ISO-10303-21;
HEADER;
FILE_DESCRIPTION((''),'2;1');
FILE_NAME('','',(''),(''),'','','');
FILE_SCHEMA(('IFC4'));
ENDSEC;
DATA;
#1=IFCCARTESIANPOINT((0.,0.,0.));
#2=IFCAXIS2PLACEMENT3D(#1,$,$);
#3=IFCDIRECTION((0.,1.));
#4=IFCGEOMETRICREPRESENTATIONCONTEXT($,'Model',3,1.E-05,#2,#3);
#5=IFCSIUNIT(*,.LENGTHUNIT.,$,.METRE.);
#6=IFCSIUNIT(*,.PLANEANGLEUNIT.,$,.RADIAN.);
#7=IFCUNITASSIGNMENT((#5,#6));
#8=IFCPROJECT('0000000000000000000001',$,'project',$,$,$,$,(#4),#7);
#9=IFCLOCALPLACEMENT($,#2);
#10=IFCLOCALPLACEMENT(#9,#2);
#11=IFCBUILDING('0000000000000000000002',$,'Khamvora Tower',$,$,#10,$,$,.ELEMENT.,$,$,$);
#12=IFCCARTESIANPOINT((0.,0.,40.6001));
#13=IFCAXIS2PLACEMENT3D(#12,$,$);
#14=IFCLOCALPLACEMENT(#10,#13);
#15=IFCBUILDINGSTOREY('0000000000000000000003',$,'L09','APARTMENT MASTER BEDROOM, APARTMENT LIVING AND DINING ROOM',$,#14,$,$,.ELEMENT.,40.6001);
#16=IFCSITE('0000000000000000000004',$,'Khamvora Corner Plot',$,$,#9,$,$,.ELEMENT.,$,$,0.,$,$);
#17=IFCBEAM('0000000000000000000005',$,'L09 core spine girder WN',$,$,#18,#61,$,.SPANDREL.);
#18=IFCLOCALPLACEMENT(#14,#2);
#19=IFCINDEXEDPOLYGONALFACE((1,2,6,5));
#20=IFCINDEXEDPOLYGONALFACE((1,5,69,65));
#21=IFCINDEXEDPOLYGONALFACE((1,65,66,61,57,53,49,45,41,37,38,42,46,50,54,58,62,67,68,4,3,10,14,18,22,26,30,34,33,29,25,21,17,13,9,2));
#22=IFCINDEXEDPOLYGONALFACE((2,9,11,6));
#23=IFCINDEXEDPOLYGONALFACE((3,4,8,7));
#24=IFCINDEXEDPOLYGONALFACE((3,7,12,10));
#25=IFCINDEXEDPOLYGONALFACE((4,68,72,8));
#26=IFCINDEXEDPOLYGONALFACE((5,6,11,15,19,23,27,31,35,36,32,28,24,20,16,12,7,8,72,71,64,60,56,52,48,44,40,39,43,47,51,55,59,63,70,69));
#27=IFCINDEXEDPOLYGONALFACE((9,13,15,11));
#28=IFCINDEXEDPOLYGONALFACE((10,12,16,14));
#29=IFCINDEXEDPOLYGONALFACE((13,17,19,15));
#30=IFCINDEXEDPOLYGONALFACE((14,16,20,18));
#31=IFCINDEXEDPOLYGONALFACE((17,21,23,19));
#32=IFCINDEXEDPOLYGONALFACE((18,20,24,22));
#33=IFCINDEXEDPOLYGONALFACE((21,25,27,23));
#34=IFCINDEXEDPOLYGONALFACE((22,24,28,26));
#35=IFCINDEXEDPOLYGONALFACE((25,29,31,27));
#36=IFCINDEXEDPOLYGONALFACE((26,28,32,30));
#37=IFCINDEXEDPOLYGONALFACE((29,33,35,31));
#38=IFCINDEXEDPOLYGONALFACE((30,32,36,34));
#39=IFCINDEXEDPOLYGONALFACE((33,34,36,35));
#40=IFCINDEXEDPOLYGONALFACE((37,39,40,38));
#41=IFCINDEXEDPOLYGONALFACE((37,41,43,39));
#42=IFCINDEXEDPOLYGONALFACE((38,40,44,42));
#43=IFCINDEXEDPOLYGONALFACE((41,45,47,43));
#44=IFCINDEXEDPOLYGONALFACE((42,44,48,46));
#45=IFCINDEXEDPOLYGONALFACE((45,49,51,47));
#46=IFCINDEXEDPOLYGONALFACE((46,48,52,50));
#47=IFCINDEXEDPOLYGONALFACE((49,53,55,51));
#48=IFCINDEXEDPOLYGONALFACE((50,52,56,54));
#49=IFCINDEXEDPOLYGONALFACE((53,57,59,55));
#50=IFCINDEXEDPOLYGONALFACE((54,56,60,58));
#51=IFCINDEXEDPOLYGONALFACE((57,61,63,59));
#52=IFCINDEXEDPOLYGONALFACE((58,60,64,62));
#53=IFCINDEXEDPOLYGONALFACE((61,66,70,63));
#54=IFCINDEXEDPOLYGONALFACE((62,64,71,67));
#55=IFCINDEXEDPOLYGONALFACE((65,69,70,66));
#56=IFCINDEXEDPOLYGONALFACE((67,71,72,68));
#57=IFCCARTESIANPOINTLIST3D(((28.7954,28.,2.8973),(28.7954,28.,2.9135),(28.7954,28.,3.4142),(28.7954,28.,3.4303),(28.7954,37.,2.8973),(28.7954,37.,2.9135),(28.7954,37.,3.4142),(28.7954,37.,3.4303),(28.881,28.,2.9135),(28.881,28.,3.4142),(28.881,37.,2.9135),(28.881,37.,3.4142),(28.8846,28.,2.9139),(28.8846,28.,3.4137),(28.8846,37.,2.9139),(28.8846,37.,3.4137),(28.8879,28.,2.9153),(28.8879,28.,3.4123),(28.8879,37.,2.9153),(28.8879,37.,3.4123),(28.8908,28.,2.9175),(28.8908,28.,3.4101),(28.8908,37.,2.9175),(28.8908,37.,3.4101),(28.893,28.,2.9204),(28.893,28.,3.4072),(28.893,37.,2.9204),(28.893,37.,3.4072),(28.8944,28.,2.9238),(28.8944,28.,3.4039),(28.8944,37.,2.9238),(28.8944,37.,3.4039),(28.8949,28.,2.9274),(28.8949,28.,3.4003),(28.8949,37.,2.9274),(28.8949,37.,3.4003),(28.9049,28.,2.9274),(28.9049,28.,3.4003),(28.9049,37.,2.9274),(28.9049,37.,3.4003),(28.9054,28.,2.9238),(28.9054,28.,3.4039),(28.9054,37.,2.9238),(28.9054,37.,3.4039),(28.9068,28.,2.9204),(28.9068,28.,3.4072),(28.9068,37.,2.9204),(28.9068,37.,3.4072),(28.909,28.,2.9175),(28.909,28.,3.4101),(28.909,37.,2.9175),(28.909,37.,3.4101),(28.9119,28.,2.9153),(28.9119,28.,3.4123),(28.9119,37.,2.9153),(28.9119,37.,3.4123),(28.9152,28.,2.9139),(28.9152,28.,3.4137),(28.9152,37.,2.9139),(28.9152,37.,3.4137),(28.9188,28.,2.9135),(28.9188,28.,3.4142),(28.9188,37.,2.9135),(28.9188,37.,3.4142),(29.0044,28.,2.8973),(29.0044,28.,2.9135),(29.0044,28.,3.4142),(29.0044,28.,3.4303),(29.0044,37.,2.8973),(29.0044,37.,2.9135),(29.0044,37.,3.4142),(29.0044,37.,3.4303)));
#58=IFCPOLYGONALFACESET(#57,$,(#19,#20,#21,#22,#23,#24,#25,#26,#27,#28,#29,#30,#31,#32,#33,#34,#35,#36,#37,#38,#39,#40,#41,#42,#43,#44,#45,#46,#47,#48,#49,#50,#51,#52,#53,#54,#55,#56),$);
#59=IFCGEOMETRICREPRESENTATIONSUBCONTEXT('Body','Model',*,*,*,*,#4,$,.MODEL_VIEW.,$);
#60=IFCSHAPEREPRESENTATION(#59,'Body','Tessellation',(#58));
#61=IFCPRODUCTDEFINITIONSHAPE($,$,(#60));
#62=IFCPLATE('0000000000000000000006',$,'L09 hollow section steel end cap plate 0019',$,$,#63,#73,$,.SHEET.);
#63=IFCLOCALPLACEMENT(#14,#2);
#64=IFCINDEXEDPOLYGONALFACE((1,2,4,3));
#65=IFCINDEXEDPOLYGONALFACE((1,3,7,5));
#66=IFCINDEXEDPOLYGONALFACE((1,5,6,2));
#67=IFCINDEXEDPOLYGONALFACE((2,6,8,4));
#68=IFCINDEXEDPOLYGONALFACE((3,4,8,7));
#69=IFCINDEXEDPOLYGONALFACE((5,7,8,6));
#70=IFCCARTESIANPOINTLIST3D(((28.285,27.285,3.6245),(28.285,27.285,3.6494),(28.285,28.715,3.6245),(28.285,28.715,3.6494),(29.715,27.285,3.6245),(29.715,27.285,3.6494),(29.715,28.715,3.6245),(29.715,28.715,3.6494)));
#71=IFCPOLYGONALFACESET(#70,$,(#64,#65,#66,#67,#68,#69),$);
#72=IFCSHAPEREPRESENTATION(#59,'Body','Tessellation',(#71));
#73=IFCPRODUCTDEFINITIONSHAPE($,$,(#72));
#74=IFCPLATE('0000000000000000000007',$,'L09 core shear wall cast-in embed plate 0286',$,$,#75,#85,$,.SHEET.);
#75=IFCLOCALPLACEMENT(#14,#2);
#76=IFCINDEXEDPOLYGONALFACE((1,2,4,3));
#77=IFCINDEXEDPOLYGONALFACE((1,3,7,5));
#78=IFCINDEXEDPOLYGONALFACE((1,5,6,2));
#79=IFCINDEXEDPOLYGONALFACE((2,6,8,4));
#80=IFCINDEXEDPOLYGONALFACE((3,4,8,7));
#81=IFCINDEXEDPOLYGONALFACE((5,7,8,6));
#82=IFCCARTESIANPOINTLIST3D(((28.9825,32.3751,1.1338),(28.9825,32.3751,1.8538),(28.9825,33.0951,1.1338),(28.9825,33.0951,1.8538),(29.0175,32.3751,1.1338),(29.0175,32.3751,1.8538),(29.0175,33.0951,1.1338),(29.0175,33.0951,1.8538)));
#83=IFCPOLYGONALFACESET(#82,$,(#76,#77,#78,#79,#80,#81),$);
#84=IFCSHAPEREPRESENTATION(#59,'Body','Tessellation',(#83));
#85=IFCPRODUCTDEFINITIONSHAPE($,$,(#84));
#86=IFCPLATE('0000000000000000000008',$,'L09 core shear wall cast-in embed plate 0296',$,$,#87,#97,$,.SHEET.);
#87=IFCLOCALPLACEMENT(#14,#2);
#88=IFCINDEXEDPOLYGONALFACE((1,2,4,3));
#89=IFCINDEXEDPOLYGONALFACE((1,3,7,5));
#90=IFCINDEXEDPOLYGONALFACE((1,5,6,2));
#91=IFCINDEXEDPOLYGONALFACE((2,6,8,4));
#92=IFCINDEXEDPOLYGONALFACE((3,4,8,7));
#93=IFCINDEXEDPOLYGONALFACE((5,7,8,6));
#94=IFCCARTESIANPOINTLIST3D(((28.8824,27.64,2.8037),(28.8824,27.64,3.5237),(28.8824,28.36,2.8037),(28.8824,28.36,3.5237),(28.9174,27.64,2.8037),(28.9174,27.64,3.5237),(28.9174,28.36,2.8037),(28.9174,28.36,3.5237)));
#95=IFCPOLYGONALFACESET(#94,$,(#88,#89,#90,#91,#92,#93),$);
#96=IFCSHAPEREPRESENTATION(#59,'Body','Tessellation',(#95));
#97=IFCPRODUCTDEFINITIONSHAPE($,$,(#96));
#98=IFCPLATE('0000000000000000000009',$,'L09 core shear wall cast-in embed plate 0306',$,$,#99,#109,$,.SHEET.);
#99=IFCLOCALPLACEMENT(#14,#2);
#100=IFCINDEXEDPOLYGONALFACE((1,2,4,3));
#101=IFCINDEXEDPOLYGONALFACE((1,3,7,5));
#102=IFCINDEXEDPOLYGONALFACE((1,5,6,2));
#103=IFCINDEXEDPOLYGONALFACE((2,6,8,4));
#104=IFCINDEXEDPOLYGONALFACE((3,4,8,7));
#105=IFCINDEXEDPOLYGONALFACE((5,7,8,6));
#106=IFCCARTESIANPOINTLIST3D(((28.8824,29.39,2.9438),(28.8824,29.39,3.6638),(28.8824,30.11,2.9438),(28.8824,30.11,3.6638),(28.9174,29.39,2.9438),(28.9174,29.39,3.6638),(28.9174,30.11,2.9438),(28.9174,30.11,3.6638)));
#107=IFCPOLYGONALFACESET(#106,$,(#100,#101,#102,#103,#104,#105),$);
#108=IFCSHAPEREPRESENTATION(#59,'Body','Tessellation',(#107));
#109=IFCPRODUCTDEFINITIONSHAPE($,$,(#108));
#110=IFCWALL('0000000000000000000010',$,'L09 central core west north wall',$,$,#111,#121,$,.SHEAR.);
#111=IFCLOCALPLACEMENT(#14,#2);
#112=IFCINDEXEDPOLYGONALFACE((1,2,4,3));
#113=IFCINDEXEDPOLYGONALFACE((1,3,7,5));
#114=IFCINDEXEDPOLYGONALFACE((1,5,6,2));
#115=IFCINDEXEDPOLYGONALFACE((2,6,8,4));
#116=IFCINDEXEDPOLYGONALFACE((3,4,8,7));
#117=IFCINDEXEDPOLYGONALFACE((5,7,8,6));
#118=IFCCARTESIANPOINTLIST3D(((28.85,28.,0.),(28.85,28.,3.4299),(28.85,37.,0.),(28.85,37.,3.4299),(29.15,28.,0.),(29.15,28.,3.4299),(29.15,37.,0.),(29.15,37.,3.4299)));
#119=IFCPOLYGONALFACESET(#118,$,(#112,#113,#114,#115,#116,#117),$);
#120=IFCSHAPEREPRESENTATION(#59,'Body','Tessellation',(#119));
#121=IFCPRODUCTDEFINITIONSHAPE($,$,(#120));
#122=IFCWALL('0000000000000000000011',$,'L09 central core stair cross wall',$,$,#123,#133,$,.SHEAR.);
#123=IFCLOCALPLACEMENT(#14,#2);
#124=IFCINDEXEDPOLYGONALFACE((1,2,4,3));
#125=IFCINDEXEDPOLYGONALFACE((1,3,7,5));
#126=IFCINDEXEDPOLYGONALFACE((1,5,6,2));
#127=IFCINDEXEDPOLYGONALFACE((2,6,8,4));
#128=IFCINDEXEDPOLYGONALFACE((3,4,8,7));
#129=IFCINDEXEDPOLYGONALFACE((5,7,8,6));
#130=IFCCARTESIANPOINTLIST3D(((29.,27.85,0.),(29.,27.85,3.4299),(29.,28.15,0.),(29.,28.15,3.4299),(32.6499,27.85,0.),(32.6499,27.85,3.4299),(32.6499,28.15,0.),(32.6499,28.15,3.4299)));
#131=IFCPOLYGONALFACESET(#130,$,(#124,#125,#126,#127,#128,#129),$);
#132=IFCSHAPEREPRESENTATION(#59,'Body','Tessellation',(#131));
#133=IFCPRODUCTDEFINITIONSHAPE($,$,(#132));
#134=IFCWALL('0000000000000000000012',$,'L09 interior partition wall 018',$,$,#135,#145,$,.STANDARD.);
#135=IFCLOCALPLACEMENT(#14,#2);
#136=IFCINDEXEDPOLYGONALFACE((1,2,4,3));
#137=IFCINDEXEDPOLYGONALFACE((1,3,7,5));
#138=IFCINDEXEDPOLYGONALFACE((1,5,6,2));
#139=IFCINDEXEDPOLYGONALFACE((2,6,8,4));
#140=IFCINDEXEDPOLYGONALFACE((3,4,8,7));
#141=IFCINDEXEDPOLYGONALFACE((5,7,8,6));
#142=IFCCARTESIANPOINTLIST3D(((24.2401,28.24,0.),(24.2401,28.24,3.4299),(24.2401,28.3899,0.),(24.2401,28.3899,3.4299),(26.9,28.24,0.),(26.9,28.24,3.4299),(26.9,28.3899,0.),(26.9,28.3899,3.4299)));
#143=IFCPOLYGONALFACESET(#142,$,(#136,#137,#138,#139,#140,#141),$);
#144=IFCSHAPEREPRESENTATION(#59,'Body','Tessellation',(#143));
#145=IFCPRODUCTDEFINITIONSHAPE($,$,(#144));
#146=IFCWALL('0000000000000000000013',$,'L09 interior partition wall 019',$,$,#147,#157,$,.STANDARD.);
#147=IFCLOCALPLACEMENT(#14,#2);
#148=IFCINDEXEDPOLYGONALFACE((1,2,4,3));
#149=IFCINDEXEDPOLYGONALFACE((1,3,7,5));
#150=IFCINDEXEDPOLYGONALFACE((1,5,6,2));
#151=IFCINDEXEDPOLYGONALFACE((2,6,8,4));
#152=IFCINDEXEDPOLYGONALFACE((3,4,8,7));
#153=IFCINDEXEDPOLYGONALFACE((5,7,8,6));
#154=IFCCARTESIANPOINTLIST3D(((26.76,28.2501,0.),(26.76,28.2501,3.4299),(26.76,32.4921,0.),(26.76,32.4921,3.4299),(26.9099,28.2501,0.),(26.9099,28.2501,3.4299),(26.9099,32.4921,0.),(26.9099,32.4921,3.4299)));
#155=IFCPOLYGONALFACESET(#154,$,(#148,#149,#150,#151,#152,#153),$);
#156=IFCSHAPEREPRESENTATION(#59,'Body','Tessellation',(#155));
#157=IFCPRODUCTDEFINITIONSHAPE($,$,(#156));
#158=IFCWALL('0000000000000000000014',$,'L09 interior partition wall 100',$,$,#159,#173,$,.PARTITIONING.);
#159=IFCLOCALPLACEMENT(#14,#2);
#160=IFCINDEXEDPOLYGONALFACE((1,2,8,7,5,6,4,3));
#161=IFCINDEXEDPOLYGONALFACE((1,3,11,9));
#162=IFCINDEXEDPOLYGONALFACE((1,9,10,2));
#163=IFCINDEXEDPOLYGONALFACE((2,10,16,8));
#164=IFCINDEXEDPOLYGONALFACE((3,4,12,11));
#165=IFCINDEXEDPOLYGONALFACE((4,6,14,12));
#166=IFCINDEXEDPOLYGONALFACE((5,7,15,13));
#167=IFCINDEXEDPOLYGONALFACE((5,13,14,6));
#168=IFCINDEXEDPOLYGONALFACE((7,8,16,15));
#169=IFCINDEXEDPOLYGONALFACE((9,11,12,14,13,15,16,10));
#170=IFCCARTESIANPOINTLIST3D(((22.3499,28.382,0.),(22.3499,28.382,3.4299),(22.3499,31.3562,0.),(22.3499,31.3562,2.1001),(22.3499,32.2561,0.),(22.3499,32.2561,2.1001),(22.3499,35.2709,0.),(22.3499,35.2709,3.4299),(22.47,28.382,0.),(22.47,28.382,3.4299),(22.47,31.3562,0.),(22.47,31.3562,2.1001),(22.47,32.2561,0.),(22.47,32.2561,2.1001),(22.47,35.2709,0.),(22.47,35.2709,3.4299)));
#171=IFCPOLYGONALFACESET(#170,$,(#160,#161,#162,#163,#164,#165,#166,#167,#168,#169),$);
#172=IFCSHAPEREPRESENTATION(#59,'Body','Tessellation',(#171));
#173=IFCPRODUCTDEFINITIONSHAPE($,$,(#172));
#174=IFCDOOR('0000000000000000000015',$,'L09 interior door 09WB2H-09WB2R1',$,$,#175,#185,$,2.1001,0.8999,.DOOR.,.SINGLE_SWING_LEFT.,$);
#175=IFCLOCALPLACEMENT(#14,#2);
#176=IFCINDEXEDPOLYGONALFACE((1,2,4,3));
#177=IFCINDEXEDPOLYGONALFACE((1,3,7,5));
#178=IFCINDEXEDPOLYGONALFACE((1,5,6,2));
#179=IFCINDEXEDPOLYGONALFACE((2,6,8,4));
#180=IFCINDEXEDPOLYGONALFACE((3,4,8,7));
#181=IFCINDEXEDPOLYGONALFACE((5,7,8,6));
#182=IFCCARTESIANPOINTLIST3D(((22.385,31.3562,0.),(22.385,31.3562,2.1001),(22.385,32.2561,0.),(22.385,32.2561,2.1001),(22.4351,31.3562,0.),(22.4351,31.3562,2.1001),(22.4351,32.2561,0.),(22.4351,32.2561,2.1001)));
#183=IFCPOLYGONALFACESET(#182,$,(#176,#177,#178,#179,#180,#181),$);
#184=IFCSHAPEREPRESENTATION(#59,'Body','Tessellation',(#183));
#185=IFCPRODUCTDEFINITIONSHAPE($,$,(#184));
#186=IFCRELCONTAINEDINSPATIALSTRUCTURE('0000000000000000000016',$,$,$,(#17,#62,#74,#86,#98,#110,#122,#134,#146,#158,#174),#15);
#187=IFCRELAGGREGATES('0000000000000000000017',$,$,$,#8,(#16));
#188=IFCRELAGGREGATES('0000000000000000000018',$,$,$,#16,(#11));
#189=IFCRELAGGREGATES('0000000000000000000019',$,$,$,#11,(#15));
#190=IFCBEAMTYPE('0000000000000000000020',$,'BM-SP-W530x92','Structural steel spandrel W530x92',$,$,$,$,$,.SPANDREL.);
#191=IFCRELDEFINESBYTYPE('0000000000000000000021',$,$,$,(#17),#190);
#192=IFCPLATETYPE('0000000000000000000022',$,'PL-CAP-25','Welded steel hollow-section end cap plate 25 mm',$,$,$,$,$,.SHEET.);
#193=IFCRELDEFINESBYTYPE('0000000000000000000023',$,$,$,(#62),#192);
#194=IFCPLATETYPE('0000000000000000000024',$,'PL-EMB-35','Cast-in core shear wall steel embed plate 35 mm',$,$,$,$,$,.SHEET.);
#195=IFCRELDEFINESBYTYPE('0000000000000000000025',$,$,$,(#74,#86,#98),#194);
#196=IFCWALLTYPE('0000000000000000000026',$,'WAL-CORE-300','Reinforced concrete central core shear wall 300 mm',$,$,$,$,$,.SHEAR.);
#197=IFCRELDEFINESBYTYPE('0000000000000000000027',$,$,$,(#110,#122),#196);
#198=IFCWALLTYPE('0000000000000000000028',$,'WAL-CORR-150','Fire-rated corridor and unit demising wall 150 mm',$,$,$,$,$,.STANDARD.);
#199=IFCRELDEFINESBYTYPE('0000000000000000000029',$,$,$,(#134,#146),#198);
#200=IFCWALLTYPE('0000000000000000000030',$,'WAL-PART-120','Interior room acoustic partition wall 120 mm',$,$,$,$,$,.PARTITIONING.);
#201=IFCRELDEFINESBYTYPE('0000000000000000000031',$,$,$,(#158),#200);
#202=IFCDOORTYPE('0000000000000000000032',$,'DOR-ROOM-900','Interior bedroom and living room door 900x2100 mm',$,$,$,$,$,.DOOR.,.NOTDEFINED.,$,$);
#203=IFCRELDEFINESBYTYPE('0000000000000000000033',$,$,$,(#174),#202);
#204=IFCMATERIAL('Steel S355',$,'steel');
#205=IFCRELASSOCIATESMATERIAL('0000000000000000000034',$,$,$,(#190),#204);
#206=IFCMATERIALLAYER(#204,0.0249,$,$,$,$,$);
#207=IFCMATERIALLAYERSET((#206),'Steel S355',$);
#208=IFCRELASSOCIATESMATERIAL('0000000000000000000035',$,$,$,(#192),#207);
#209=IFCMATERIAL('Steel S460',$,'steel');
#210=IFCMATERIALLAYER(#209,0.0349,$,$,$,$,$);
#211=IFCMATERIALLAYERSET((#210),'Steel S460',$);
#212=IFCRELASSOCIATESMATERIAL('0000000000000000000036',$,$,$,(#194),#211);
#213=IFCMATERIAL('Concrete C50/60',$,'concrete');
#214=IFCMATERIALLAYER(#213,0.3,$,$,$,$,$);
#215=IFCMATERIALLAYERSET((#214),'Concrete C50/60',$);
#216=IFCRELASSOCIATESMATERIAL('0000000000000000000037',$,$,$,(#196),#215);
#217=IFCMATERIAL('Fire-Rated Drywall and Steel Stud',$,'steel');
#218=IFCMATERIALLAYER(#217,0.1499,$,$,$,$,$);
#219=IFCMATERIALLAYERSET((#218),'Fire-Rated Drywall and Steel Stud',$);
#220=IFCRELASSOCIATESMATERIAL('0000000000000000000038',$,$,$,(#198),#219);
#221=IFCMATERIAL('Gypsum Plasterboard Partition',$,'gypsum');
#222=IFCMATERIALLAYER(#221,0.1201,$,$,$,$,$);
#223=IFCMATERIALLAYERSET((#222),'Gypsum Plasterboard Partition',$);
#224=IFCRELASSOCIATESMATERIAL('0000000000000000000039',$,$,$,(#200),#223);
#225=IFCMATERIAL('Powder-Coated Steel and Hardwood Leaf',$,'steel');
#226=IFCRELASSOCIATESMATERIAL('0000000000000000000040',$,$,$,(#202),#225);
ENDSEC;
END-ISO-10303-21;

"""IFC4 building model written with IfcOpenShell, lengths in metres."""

from ifc_helpers import new_model, si_unit, direction, frame, frame_2d, origin, origin_2d, place, context, subcontext, project, spatial, rectangle, i_section, extrude, material, layer, layer_set, material_profile, profile_set, type_object, element, fill, save


model = new_model("IFC4")

# Units and contexts
model_context = context("Model", 3, precision=1e-05, world=origin(), true_north=direction((0.0, 1.0)))
body_context = subcontext(model_context, "Body", "Model", "MODEL_VIEW")
ifc_project = project(units=[si_unit("LENGTHUNIT", "METRE"), si_unit("PLANEANGLEUNIT", "RADIAN")], contexts=[model_context])

# Site, building, storey
site_placement = place(None, origin())
site = spatial("IfcSite", under=ifc_project, at=site_placement, Name="Khamvora Corner Plot", CompositionType="ELEMENT", RefElevation=0.0)
building_placement = place(site_placement, origin())
building = spatial("IfcBuilding", under=site, at=building_placement, Name="Khamvora Tower", CompositionType="ELEMENT")
storey_placement = place(building_placement, frame((0.0, 0.0, 40.6001)))
storey = spatial("IfcBuildingStorey", under=building, at=storey_placement, Name="L09", Description="APARTMENT MASTER BEDROOM, APARTMENT LIVING AND DINING ROOM", CompositionType="ELEMENT", Elevation=40.6001)

# Shared definitions
ifc_material_1 = material(Name="Steel S460", Category="steel")

# Beam
ifc_material_2 = material(Name="Steel S355", Category="steel")
ifc_material_profile_1 = material_profile(ifc_material_2, i_section(OverallWidth=0.209, OverallDepth=0.533, WebThickness=0.01, FlangeThickness=0.0161, FilletRadius=0.0139, at=origin_2d()), Name="W530x92")
ifc_profile_set_1 = profile_set([ifc_material_profile_1], Name="Steel S355")
beam_type_1 = type_object("IfcBeamType", Name="BM-SP-W530x92", Description="Structural steel spandrel W530x92", PredefinedType="SPANDREL", material=ifc_profile_set_1)
beam_1_placement = place(storey_placement, frame((28.8999, 28.0, 3.1638), z_axis=(0.0, 1.0, 0.0), x_axis=(-1.0, 0.0, 0.0)))
element("IfcBeam", 1, at=beam_1_placement, inside=storey, type_object=beam_type_1, Name="L09 core spine girder WN", PredefinedType="SPANDREL", context=body_context, shape_type="SweptSolid", body=[
    extrude(i_section(OverallWidth=0.209, OverallDepth=0.533, WebThickness=0.01, FlangeThickness=0.0161, FilletRadius=0.0139, at=origin_2d()), origin(), (0.0, 0.0, 1.0), 9.0),
])

# Plates
ifc_layer_1 = layer(ifc_material_2, 0.0249)
ifc_layer_set_1 = layer_set([ifc_layer_1], Name="Steel S355")
plate_type_1 = type_object("IfcPlateType", Name="PL-CAP-25", Description="Welded steel hollow-section end cap plate 25 mm", PredefinedType="SHEET", material=ifc_layer_set_1)
plate_placement = place(storey_placement, frame((29.0, 28.0, 3.6245), z_axis=(0.0, 0.0, 1.0), x_axis=(1.0, 0.0, 0.0)))
element("IfcPlate", 2, at=plate_placement, inside=storey, type_object=plate_type_1, Name="L09 hollow section steel end cap plate 0019", PredefinedType="SHEET", context=body_context, shape_type="SweptSolid", body=[
    extrude(rectangle(XDim=1.4299, YDim=1.4299, at=origin_2d()), origin(), (0.0, 0.0, 1.0), 0.0249),
])
ifc_layer_2 = layer(ifc_material_1, 0.0349)
ifc_layer_set_2 = layer_set([ifc_layer_2], Name="Steel S460")
plate_type_2 = type_object("IfcPlateType", Name="PL-EMB-35", Description="Cast-in core shear wall steel embed plate 35 mm", PredefinedType="SHEET", material=ifc_layer_set_2)
for number, where, z_axis, x_axis, name in (
    (3, (29.0, 32.7351, 1.1338), (0.0, 0.0, 1.0), (1.0, 0.0, 0.0), "L09 core shear wall cast-in embed plate 0286"),
    (4, (28.8999, 28.0, 2.8037), (0.0, 0.0, 1.0), (1.0, 0.0, 0.0), "L09 core shear wall cast-in embed plate 0296"),
    (5, (28.8999, 29.75, 2.9438), (0.0, 0.0, 1.0), (1.0, 0.0, 0.0), "L09 core shear wall cast-in embed plate 0306"),
):
    element("IfcPlate", number, at=place(storey_placement, frame(where, z_axis=z_axis, x_axis=x_axis)), inside=storey, type_object=plate_type_2, Name=name, PredefinedType="SHEET", context=body_context, shape_type="SweptSolid", body=[
        extrude(rectangle(XDim=0.0349, YDim=0.72, at=origin_2d()), origin(), (0.0, 0.0, 1.0), 0.72),
    ])

# Walls
ifc_material_3 = material(Name="Concrete C50/60", Category="concrete")
ifc_layer_3 = layer(ifc_material_3, 0.3)
ifc_layer_set_3 = layer_set([ifc_layer_3], Name="Concrete C50/60")
wall_type_1 = type_object("IfcWallType", Name="WAL-CORE-300", Description="Reinforced concrete central core shear wall 300 mm", PredefinedType="SHEAR", material=ifc_layer_set_3)
wall_1_placement = place(storey_placement, frame((29.0, 28.0, 0.0), z_axis=(0.0, 0.0, 1.0), x_axis=(0.0, 1.0, 0.0)))
element("IfcWall", 6, at=wall_1_placement, inside=storey, type_object=wall_type_1, Name="L09 central core west north wall", PredefinedType="SHEAR", context=body_context, shape_type="SweptSolid", body=[
    extrude(rectangle(XDim=9.0, YDim=0.3, at=frame_2d((4.5, 0.0))), origin(), (0.0, 0.0, 1.0), 3.4299),
])
wall_2_placement = place(storey_placement, frame((29.0, 28.0, 0.0), z_axis=(0.0, 0.0, 1.0), x_axis=(1.0, 0.0, 0.0)))
element("IfcWall", 7, at=wall_2_placement, inside=storey, type_object=wall_type_1, Name="L09 central core stair cross wall", PredefinedType="SHEAR", context=body_context, shape_type="SweptSolid", body=[
    extrude(rectangle(XDim=3.6499, YDim=0.3, at=frame_2d((1.825, 0.0))), origin(), (0.0, 0.0, 1.0), 3.4299),
])

# Shared definitions
ifc_material_4 = material(Name="Fire-Rated Drywall and Steel Stud", Category="steel")
ifc_layer_4 = layer(ifc_material_4, 0.1499)
ifc_layer_set_4 = layer_set([ifc_layer_4], Name="Fire-Rated Drywall and Steel Stud")
wall_type_2 = type_object("IfcWallType", Name="WAL-CORR-150", Description="Fire-rated corridor and unit demising wall 150 mm", PredefinedType="STANDARD", material=ifc_layer_set_4)
ifc_material_5 = material(Name="Powder-Coated Steel and Hardwood Leaf", Category="steel")

# Walls
wall_3_placement = place(storey_placement, frame((24.24, 28.3149, 0.0), z_axis=(0.0, 0.0, 1.0), x_axis=(1.0, 0.0, 0.0)))
element("IfcWall", 8, at=wall_3_placement, inside=storey, type_object=wall_type_2, Name="L09 interior partition wall 018", PredefinedType="STANDARD", context=body_context, shape_type="SweptSolid", body=[
    extrude(rectangle(XDim=2.6599, YDim=0.1499, at=frame_2d((1.3301, 0.0))), origin(), (0.0, 0.0, 1.0), 3.4299),
])
wall_4_placement = place(storey_placement, frame((26.835, 28.25, 0.0), z_axis=(0.0, 0.0, 1.0), x_axis=(0.0, 1.0, 0.0)))
element("IfcWall", 9, at=wall_4_placement, inside=storey, type_object=wall_type_2, Name="L09 interior partition wall 019", PredefinedType="STANDARD", context=body_context, shape_type="SweptSolid", body=[
    extrude(rectangle(XDim=4.2419, YDim=0.1499, at=frame_2d((2.1211, 0.0))), origin(), (0.0, 0.0, 1.0), 3.4299),
])

# Wall, opening, door
ifc_material_6 = material(Name="Gypsum Plasterboard Partition", Category="gypsum")
ifc_layer_5 = layer(ifc_material_6, 0.1201)
ifc_layer_set_5 = layer_set([ifc_layer_5], Name="Gypsum Plasterboard Partition")
wall_type_3 = type_object("IfcWallType", Name="WAL-PART-120", Description="Interior room acoustic partition wall 120 mm", PredefinedType="PARTITIONING", material=ifc_layer_set_5)
wall_5_placement = place(storey_placement, frame((22.4099, 28.3821, 0.0), z_axis=(0.0, 0.0, 1.0), x_axis=(0.0, 1.0, 0.0)))
wall_5 = element("IfcWall", 10, at=wall_5_placement, inside=storey, type_object=wall_type_3, Name="L09 interior partition wall 100", PredefinedType="PARTITIONING", context=body_context, shape_type="SweptSolid", body=[
    extrude(rectangle(XDim=6.8889, YDim=0.1201, at=frame_2d((3.4443, 0.0))), origin(), (0.0, 0.0, 1.0), 3.4299),
])
opening_1_placement = place(wall_5_placement, frame((2.9741, 0.0, 0.0)))
opening_1 = element("IfcOpeningElement", 11, at=opening_1_placement, cuts=wall_5, PredefinedType="OPENING", context=body_context, shape_type="SweptSolid", body=[
    extrude(rectangle(XDim=0.8999, YDim=2.1001, at=frame_2d((0.45, 1.05))), frame((0.0, 0.0701, 0.0), z_axis=(0.0, -1.0, 0.0), x_axis=(1.0, 0.0, 0.0)), (0.0, 0.0, 1.0), 0.1401),
])
door_type_1 = type_object("IfcDoorType", Name="DOR-ROOM-900", Description="Interior bedroom and living room door 900x2100 mm", OperationType="NOTDEFINED", PredefinedType="DOOR", material=ifc_material_5)
door_1_placement = place(opening_1_placement, origin())
door_1 = element("IfcDoor", 12, at=door_1_placement, inside=storey, type_object=door_type_1, Name="L09 interior door 09WB2H-09WB2R1", OperationType="SINGLE_SWING_LEFT", OverallHeight=2.1001, OverallWidth=0.8999, PredefinedType="DOOR", context=body_context, shape_type="SweptSolid", body=[
    extrude(rectangle(XDim=0.8999, YDim=2.1001, at=frame_2d((0.45, 1.05))), frame((0.0, 0.0249, 0.0), z_axis=(0.0, -1.0, 0.0), x_axis=(1.0, 0.0, 0.0)), (0.0, 0.0, 1.0), 0.05),
])
fill(opening_1, door_1)

save(model, "model.ifc")
